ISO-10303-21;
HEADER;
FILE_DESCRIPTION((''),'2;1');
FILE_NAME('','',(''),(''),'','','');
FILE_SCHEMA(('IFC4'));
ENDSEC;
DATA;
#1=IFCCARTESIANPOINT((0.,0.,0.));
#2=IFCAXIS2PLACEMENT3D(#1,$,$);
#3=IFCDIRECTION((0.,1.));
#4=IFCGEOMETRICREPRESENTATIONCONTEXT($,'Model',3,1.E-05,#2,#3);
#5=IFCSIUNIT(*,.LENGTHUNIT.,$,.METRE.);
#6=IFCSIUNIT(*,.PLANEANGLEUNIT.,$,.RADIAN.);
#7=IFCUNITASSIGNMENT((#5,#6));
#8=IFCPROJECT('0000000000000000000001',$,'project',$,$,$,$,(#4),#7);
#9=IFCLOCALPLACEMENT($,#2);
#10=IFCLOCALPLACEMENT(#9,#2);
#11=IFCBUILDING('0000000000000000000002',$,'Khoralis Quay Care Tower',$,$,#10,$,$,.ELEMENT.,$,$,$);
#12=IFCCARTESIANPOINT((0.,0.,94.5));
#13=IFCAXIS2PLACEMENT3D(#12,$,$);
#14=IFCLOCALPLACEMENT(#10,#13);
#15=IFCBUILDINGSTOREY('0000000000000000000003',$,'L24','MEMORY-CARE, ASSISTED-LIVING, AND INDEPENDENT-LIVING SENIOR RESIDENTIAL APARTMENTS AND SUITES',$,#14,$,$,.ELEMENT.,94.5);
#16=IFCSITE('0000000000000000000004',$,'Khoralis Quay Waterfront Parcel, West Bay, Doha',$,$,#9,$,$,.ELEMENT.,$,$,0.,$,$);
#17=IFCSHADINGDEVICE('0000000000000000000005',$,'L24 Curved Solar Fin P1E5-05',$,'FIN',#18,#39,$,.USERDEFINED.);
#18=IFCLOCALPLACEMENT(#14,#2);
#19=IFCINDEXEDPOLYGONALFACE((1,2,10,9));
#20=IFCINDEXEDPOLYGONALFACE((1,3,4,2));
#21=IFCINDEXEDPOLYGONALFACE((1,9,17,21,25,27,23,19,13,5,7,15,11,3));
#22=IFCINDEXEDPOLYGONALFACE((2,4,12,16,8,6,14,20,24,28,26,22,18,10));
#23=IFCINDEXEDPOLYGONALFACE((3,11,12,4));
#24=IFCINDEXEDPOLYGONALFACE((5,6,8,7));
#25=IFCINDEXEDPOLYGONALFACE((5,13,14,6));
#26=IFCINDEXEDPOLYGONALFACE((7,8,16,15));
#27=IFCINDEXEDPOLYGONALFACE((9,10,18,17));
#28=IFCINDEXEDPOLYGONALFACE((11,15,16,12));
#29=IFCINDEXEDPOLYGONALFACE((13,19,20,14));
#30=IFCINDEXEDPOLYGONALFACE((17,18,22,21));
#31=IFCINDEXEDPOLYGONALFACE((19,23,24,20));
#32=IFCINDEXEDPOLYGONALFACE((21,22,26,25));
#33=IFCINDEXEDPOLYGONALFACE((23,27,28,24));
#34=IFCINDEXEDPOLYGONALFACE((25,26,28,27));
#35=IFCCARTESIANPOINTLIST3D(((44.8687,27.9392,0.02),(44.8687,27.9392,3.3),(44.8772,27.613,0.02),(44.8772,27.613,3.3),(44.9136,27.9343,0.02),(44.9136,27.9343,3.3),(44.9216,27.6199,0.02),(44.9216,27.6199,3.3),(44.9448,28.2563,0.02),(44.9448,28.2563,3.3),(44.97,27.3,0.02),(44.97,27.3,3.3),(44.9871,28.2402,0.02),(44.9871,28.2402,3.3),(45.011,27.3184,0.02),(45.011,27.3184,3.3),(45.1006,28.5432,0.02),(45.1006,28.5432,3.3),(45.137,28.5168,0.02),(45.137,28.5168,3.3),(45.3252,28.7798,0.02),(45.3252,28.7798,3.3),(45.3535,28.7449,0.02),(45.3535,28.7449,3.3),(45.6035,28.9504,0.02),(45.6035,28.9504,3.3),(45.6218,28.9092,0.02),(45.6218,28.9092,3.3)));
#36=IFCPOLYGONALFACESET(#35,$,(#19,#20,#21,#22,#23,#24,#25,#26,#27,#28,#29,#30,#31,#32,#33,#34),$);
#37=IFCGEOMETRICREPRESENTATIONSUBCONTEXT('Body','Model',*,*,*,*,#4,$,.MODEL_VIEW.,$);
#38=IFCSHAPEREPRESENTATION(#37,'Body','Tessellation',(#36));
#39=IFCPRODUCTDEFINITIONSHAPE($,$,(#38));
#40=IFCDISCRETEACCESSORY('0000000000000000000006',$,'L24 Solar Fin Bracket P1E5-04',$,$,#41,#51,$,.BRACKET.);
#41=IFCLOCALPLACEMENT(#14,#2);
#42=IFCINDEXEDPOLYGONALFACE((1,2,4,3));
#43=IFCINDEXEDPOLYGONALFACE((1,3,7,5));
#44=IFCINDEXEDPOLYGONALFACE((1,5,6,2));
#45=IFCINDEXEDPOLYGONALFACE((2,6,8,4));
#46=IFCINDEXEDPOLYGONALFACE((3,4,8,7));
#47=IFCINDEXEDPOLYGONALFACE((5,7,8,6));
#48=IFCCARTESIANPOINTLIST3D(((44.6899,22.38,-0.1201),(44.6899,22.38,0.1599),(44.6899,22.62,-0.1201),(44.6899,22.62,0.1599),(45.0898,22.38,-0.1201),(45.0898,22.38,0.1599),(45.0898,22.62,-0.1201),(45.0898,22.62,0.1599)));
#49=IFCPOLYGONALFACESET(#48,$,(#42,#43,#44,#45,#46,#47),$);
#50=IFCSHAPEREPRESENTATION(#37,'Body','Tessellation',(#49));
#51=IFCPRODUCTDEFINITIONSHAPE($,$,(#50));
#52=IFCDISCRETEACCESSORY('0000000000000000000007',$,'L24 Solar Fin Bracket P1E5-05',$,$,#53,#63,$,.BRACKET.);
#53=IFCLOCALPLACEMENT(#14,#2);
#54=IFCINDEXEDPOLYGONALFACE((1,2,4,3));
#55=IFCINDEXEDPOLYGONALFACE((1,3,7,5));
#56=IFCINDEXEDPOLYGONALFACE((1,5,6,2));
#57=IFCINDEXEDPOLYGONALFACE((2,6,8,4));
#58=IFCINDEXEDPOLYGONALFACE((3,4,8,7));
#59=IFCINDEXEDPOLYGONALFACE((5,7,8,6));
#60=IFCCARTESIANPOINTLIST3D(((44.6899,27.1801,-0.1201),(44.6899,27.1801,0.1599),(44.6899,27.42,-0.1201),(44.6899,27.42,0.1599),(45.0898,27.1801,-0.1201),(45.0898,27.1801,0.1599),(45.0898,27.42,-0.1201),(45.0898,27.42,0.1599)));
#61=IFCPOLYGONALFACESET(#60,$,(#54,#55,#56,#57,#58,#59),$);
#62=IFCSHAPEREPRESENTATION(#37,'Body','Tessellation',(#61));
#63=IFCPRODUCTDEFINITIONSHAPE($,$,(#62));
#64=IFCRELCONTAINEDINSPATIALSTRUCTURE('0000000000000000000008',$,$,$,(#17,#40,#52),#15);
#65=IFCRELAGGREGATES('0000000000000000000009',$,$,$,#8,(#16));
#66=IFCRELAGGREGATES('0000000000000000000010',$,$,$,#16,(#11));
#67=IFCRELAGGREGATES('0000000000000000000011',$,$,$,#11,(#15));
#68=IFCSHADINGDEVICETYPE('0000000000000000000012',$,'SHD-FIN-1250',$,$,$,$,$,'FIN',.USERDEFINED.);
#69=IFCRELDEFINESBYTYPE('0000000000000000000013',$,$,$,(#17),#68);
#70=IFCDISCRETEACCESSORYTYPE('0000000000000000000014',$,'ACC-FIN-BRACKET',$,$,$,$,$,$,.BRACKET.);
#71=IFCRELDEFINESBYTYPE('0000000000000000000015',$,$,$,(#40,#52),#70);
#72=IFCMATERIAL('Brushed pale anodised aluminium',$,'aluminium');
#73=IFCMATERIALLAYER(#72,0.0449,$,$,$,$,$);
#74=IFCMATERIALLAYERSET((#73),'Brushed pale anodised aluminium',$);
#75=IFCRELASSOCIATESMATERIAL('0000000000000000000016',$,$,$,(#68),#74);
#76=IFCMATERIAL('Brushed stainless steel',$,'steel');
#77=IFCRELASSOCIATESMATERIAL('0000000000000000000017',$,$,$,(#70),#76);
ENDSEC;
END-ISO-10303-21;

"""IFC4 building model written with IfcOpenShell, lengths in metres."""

from ifc_helpers import new_model, si_unit, direction, frame, origin, origin_2d, place, context, subcontext, project, spatial, polyline, rectangle, outline, extrude, source, transform, mapped, material, layer, layer_set, type_object, element, save


model = new_model("IFC4")

# Units and contexts
model_context = context("Model", 3, precision=1e-05, world=origin(), true_north=direction((0.0, 1.0)))
body_context = subcontext(model_context, "Body", "Model", "MODEL_VIEW")
ifc_project = project(units=[si_unit("LENGTHUNIT", "METRE"), si_unit("PLANEANGLEUNIT", "RADIAN")], contexts=[model_context])

# Site, building, storey
site_placement = place(None, origin())
site = spatial("IfcSite", under=ifc_project, at=site_placement, Name="Khoralis Quay Waterfront Parcel, West Bay, Doha", CompositionType="ELEMENT", RefElevation=0.0)
building_placement = place(site_placement, origin())
building = spatial("IfcBuilding", under=site, at=building_placement, Name="Khoralis Quay Care Tower", CompositionType="ELEMENT")
storey_placement = place(building_placement, frame((0.0, 0.0, 94.5)))
storey = spatial("IfcBuildingStorey", under=building, at=storey_placement, Name="L24", Description="MEMORY-CARE, ASSISTED-LIVING, AND INDEPENDENT-LIVING SENIOR RESIDENTIAL APARTMENTS AND SUITES", CompositionType="ELEMENT", Elevation=94.5)

# Shared definitions
ifc_material_1 = material(Name="Brushed stainless steel", Category="steel")

# Shading device
ifc_material_2 = material(Name="Brushed pale anodised aluminium", Category="aluminium")
ifc_layer_1 = layer(ifc_material_2, 0.0449)
ifc_layer_set_1 = layer_set([ifc_layer_1], Name="Brushed pale anodised aluminium")
shading_device_type = type_object("IfcShadingDeviceType", Name="SHD-FIN-1250", ElementType="FIN", PredefinedType="USERDEFINED", material=ifc_layer_set_1)
shared_shape_1 = source(origin(), body_context, "Body", "SweptSolid", [
    extrude(outline(polyline([(0.0, 0.0), (-0.0928, 0.313), (-0.1013, 0.6392), (-0.0251, 0.9563), (0.1306, 1.2432), (0.3552, 1.4797), (0.6335, 1.6504), (0.6519, 1.6091), (0.3835, 1.4448), (0.167, 1.2168), (0.0171, 0.9402), (-0.0564, 0.6343), (-0.0483, 0.3198), (0.041, 0.0183), (0.0, 0.0)])), origin(), (0.0, 0.0, 1.0), 3.28),
])
for number, where, z_axis, x_axis, name in (
    (1, (44.97, 27.3, 0.02), (0.0, 0.0, 1.0), (1.0, 0.0, 0.0), "L24 Curved Solar Fin P1E5-05"),
):
    element("IfcShadingDevice", number, at=place(storey_placement, frame(where, z_axis=z_axis, x_axis=x_axis)), inside=storey, type_object=shading_device_type, Name=name, ObjectType="FIN", PredefinedType="USERDEFINED", context=body_context, shape_type="MappedRepresentation", body=[
        mapped(shared_shape_1, transform((0.0, 0.0, 0.0), scale=1.0)),
    ])

# Discrete accessories
discrete_accessory_type = type_object("IfcDiscreteAccessoryType", Name="ACC-FIN-BRACKET", PredefinedType="BRACKET", material=ifc_material_1)
shared_shape_2 = source(origin(), body_context, "Body", "SweptSolid", [
    extrude(rectangle(XDim=0.3999, YDim=0.24, at=origin_2d()), origin(), (0.0, 0.0, 1.0), 0.28),
])
for number, where, z_axis, x_axis, name in (
    (2, (44.8899, 22.5, -0.1201), (0.0, 0.0, 1.0), (1.0, 0.0, 0.0), "L24 Solar Fin Bracket P1E5-04"),
    (3, (44.8899, 27.3, -0.1201), (0.0, 0.0, 1.0), (1.0, 0.0, 0.0), "L24 Solar Fin Bracket P1E5-05"),
):
    element("IfcDiscreteAccessory", number, at=place(storey_placement, frame(where, z_axis=z_axis, x_axis=x_axis)), inside=storey, type_object=discrete_accessory_type, Name=name, PredefinedType="BRACKET", context=body_context, shape_type="MappedRepresentation", body=[
        mapped(shared_shape_2, transform((0.0, 0.0, 0.0), scale=1.0)),
    ])

save(model, "model.ifc")
